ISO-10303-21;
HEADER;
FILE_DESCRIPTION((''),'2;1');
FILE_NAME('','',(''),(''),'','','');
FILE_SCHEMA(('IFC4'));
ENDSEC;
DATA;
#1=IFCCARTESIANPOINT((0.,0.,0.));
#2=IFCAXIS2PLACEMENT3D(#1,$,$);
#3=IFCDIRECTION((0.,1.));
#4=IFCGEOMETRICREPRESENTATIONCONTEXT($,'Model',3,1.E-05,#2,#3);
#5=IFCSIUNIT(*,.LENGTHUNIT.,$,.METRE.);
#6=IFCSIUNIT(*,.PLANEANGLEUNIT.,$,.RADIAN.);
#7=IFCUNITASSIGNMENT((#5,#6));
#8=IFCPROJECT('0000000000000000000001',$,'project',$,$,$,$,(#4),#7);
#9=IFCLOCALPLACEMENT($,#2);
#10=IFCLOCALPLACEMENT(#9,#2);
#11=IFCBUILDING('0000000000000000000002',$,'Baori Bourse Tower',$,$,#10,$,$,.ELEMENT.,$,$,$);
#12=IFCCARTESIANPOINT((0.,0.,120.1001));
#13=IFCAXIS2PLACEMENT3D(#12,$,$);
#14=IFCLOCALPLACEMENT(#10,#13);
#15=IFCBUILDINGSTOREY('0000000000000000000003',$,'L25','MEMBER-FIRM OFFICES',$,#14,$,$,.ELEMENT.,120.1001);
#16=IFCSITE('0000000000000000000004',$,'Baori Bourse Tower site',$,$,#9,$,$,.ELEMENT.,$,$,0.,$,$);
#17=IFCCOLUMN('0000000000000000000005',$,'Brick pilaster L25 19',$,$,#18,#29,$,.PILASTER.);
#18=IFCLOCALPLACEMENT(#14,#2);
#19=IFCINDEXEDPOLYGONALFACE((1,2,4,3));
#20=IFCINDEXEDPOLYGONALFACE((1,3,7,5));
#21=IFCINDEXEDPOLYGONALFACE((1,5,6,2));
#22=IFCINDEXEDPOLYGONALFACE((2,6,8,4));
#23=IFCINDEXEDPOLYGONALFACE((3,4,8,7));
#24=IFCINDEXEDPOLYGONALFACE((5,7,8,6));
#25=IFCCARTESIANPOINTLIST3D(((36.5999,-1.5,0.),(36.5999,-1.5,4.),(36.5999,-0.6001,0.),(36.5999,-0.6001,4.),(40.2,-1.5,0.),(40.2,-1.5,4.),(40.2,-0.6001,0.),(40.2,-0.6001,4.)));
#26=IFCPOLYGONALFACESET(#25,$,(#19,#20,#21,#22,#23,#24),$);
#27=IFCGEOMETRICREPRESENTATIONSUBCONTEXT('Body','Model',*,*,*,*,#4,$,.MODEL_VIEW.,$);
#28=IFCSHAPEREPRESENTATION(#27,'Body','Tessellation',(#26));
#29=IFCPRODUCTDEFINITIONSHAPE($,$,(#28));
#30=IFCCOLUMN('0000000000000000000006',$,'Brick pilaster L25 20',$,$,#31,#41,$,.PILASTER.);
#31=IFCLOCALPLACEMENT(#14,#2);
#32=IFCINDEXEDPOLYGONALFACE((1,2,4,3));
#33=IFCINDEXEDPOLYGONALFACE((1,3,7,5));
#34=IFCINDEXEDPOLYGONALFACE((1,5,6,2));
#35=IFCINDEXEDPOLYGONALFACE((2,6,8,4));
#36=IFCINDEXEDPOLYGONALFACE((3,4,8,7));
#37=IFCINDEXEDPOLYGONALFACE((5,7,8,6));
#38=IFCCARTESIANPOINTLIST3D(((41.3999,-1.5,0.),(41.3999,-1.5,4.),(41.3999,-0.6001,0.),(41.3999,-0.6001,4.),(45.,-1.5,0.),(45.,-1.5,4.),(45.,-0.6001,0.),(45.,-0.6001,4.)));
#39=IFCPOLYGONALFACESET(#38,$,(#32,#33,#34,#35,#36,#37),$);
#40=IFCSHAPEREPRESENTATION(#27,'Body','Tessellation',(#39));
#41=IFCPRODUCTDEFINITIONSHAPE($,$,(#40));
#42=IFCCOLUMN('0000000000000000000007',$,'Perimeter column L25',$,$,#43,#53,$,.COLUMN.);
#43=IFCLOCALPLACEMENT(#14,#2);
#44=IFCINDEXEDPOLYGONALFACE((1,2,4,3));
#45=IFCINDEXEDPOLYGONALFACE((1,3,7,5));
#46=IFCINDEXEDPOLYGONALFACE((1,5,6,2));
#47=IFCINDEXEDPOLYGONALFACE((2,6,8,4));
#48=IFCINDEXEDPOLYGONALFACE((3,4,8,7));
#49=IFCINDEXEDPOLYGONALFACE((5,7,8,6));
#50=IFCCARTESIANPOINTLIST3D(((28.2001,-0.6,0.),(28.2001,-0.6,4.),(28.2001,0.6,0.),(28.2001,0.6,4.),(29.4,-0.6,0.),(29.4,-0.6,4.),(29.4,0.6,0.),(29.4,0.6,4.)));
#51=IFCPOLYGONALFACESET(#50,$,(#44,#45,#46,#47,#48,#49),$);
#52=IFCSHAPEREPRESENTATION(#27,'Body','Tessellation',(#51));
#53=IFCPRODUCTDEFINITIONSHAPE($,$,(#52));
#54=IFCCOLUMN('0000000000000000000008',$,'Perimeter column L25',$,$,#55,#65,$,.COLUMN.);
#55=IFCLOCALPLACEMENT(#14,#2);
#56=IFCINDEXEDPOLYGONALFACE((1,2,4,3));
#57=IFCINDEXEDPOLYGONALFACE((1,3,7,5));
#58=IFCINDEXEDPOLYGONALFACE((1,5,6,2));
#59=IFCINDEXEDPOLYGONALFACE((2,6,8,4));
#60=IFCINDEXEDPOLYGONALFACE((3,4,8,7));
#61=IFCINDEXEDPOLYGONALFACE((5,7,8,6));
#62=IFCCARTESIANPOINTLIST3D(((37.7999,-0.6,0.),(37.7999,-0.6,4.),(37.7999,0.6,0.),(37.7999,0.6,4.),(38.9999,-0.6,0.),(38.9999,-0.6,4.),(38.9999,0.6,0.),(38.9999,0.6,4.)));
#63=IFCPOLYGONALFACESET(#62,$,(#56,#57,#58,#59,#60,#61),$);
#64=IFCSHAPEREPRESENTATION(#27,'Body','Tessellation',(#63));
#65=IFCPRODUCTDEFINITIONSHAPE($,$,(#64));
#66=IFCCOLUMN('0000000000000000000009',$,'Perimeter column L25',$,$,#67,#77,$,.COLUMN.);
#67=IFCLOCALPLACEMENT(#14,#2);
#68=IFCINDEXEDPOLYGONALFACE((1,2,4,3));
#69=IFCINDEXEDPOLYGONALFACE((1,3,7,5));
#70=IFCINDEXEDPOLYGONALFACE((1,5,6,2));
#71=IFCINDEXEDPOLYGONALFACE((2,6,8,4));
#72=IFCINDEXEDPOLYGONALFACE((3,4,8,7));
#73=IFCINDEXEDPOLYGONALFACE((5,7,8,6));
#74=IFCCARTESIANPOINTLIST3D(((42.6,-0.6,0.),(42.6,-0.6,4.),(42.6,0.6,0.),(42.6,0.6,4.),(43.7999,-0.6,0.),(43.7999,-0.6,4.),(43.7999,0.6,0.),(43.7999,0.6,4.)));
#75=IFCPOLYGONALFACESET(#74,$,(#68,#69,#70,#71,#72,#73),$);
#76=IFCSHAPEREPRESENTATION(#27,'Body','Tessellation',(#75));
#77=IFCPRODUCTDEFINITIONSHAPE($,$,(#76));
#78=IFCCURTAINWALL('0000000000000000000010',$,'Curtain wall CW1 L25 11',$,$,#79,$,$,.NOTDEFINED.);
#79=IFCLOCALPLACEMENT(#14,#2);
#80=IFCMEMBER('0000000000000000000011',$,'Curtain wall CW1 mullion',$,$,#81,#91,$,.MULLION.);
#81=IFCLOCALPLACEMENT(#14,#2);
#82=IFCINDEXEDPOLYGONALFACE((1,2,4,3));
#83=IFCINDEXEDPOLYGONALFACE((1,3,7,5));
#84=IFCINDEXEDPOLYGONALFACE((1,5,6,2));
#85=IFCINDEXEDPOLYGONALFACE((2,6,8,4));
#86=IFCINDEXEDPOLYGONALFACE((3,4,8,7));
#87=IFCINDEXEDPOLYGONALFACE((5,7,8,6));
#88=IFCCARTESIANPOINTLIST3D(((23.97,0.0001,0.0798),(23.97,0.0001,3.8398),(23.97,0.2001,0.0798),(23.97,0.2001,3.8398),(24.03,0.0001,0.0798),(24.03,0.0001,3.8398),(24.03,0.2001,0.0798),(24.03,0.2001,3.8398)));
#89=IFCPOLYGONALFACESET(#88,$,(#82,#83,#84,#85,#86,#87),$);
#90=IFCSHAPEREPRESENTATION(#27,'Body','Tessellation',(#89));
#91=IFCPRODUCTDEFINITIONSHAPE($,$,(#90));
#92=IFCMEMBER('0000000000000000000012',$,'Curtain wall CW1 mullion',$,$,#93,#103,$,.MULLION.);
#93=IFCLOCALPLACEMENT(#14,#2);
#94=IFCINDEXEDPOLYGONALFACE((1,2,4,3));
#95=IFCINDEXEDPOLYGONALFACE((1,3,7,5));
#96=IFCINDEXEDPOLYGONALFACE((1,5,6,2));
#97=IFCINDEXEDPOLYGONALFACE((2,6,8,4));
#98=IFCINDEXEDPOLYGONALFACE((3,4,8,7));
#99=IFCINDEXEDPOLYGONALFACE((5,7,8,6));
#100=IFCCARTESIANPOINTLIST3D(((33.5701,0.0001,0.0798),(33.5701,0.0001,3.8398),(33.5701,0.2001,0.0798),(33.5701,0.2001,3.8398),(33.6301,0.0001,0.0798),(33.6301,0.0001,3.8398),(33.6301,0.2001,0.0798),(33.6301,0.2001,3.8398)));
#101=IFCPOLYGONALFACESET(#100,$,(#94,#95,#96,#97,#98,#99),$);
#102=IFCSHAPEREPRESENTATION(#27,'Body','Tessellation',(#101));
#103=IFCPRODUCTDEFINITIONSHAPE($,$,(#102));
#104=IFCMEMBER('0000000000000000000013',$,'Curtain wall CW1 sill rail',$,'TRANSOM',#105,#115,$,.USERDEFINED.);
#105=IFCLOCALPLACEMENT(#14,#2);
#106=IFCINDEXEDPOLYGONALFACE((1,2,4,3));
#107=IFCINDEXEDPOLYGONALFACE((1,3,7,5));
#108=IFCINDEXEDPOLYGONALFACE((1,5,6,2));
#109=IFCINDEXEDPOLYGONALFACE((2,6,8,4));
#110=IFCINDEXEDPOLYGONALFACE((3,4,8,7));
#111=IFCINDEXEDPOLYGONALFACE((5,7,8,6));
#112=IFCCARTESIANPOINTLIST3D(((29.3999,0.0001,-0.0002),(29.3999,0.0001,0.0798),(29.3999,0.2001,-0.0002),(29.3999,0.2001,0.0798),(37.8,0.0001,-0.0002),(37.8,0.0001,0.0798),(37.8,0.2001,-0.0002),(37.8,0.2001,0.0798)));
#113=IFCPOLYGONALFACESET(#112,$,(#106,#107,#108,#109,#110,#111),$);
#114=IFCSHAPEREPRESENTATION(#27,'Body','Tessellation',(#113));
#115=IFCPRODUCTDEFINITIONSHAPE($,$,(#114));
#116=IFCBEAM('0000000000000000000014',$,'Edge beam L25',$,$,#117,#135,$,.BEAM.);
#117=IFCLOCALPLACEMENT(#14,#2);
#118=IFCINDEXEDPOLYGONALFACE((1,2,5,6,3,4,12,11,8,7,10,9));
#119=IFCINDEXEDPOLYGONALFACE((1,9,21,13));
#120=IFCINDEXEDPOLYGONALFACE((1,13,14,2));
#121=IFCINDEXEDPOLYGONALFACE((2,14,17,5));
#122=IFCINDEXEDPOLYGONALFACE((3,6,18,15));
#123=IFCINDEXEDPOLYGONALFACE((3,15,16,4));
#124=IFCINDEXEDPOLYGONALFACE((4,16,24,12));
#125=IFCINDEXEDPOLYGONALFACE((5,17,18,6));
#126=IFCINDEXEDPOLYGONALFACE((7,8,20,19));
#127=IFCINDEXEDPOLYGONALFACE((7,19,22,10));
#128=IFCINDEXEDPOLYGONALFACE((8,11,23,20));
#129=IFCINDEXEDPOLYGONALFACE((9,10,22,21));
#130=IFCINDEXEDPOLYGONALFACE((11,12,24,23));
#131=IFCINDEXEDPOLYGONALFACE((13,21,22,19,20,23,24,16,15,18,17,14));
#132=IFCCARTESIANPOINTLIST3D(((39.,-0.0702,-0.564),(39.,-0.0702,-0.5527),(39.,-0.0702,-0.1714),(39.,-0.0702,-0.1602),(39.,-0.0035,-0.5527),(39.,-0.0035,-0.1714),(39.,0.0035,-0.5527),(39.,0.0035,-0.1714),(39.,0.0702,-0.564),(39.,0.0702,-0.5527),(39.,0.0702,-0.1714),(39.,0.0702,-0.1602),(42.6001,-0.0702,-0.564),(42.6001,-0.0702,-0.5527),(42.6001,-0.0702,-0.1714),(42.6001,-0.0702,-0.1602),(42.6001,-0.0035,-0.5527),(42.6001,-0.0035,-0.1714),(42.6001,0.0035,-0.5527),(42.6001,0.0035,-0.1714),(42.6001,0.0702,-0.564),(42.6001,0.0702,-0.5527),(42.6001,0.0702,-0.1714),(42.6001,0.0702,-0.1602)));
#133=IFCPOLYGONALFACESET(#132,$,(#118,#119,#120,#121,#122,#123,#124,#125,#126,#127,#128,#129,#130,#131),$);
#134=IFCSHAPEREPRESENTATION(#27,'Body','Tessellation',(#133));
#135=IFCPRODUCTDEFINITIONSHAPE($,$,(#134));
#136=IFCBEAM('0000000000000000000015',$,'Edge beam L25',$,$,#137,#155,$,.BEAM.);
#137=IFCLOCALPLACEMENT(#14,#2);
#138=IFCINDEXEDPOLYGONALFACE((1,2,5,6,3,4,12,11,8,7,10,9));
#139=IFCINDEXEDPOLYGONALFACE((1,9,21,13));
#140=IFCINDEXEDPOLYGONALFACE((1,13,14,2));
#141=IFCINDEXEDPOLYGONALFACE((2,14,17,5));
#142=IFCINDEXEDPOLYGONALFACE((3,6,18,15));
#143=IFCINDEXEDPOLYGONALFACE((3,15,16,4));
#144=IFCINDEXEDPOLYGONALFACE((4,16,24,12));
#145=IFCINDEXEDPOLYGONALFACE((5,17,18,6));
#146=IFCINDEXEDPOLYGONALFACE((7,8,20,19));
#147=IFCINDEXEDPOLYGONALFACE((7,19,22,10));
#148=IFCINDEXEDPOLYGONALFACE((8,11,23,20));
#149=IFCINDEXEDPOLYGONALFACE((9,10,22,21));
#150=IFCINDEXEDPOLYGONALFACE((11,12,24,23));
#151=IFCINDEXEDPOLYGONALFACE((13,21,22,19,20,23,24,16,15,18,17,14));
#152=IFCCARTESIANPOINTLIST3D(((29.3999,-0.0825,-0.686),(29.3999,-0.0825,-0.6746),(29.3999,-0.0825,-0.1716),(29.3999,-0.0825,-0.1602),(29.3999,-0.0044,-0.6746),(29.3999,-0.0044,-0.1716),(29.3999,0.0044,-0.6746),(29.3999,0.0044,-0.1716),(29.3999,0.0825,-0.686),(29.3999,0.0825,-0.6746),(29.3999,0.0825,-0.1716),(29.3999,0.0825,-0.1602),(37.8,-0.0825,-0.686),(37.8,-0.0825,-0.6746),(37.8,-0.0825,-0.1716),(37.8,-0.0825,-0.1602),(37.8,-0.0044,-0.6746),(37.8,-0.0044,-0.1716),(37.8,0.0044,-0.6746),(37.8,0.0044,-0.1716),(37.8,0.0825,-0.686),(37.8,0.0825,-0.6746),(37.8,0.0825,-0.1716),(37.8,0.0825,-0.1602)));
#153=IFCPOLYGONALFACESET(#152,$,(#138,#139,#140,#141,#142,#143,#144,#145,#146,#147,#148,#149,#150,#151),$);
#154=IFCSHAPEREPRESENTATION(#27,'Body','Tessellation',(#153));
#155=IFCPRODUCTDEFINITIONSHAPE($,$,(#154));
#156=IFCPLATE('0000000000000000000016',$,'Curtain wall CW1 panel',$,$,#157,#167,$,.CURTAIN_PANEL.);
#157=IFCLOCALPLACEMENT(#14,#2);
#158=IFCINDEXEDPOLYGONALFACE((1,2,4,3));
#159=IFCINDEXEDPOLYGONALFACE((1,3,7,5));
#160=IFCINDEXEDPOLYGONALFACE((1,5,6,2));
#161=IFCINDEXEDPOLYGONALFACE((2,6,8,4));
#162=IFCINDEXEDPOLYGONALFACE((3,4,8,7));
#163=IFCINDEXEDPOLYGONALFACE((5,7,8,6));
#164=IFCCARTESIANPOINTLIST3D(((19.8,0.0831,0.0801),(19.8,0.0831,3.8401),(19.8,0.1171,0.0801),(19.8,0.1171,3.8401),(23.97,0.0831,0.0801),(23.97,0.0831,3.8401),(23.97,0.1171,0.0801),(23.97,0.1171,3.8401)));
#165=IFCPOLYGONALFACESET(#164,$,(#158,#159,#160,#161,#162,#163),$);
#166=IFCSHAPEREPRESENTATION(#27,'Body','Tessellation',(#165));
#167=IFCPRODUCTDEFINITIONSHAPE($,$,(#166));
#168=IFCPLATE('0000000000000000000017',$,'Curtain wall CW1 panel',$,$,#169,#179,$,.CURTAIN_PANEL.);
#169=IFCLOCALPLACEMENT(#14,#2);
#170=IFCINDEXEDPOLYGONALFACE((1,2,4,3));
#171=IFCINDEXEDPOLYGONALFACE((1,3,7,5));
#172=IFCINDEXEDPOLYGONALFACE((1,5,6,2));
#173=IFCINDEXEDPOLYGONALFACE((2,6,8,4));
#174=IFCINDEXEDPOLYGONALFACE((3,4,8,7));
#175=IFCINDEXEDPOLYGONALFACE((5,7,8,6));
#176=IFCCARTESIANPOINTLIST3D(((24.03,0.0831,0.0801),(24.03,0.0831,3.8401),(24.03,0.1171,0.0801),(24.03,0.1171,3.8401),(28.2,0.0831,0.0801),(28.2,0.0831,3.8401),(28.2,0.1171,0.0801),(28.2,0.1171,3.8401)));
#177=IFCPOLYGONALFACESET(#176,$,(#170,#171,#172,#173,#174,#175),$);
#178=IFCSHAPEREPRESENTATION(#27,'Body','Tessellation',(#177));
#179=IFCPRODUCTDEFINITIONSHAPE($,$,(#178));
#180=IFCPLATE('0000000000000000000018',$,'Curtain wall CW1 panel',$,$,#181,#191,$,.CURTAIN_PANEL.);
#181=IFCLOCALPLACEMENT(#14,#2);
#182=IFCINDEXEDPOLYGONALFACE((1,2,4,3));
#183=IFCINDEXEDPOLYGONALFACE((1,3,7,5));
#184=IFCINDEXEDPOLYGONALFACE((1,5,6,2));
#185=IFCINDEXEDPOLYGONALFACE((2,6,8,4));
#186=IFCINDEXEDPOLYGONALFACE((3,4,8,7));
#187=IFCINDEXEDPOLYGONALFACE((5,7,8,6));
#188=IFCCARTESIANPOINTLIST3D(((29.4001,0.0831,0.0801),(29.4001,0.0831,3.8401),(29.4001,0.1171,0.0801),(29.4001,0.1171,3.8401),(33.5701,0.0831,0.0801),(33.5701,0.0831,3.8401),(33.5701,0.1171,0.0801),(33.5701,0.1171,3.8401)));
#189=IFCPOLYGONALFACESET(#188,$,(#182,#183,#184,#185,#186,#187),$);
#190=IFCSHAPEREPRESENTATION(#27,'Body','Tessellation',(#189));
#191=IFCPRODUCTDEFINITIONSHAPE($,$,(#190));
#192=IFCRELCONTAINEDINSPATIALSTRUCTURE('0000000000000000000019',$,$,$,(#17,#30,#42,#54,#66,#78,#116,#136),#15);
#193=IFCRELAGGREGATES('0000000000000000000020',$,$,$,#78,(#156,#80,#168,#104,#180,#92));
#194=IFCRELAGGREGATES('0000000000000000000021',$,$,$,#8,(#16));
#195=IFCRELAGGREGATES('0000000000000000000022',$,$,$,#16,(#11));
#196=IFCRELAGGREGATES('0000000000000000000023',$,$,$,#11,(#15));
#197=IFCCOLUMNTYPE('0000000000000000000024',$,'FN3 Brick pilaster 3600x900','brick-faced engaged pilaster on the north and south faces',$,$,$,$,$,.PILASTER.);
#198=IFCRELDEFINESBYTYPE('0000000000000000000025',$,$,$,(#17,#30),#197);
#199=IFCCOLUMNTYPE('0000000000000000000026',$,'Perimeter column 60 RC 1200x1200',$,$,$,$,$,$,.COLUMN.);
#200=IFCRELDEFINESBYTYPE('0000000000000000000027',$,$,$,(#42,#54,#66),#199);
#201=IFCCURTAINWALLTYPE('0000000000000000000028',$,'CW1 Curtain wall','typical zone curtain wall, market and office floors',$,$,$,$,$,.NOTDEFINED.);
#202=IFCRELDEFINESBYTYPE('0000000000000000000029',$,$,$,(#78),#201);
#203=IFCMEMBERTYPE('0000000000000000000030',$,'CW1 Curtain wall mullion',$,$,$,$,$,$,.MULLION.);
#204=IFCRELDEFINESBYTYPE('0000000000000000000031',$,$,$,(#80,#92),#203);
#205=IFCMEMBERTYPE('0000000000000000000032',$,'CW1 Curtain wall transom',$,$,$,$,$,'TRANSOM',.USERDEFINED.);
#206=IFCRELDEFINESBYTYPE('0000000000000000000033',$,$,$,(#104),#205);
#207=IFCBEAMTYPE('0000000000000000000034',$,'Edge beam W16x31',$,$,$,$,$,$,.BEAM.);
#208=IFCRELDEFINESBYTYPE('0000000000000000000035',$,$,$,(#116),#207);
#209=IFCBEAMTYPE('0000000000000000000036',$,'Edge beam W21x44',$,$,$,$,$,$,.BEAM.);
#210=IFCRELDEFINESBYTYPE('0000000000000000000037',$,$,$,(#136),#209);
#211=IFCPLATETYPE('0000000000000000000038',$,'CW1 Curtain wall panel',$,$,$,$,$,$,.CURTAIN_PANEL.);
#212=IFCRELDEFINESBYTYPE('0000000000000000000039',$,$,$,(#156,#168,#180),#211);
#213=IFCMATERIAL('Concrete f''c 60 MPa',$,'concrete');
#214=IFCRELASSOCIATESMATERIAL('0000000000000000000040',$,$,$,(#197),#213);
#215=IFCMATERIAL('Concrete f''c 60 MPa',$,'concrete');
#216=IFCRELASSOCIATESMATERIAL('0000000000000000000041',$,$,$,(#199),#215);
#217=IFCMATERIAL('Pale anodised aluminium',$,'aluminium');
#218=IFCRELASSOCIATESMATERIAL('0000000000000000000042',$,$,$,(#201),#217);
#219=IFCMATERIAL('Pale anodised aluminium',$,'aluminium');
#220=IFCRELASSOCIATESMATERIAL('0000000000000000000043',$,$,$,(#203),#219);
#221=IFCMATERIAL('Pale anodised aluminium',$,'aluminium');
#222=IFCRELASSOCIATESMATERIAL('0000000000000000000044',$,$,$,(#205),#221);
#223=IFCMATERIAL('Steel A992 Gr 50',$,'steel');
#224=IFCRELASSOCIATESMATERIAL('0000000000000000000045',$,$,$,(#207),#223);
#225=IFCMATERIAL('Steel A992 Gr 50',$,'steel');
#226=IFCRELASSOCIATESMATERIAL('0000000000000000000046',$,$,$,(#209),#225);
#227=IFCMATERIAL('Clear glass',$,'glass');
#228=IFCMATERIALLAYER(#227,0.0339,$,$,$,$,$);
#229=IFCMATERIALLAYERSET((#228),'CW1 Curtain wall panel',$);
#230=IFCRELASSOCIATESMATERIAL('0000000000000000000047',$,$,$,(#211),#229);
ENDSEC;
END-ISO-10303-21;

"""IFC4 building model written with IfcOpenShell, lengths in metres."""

from ifc_helpers import new_model, si_unit, direction, frame, origin, origin_2d, place, context, subcontext, project, spatial, rectangle, i_section, extrude, material, layer, layer_set, material_profile, profile_set, type_object, element, aggregate, save


model = new_model("IFC4")

# Units and contexts
model_context = context("Model", 3, precision=1e-05, world=origin(), true_north=direction((0.0, 1.0)))
body_context = subcontext(model_context, "Body", "Model", "MODEL_VIEW")
ifc_project = project(units=[si_unit("LENGTHUNIT", "METRE"), si_unit("PLANEANGLEUNIT", "RADIAN")], contexts=[model_context])

# Site, building, storey
site_placement = place(None, origin())
site = spatial("IfcSite", under=ifc_project, at=site_placement, Name="Baori Bourse Tower site", CompositionType="ELEMENT", RefElevation=0.0)
building_placement = place(site_placement, origin())
building = spatial("IfcBuilding", under=site, at=building_placement, Name="Baori Bourse Tower", CompositionType="ELEMENT")
storey_placement = place(building_placement, frame((0.0, 0.0, 120.1001)))
storey = spatial("IfcBuildingStorey", under=building, at=storey_placement, Name="L25", Description="MEMBER-FIRM OFFICES", CompositionType="ELEMENT", Elevation=120.1001)

# Columns
ifc_material_1 = material(Name="Concrete f'c 60 MPa", Category="concrete")
ifc_material_profile_1 = material_profile(ifc_material_1, rectangle(XDim=3.6001, YDim=0.8999, at=origin_2d()), Name="RC 3600x900")
ifc_profile_set_1 = profile_set([ifc_material_profile_1], Name="Concrete f'c 60 MPa")
column_type_1 = type_object("IfcColumnType", Name="FN3 Brick pilaster 3600x900", Description="brick-faced engaged pilaster on the north and south faces", PredefinedType="PILASTER", material=ifc_profile_set_1)
for number, where, z_axis, x_axis, name in (
    (1, (38.3999, -1.05, 0.0), (0.0, 0.0, 1.0), (1.0, 0.0, 0.0), "Brick pilaster L25 19"),
    (2, (43.2, -1.05, 0.0), (0.0, 0.0, 1.0), (1.0, 0.0, 0.0), "Brick pilaster L25 20"),
):
    element("IfcColumn", number, at=place(storey_placement, frame(where, z_axis=z_axis, x_axis=x_axis)), inside=storey, type_object=column_type_1, Name=name, PredefinedType="PILASTER", context=body_context, shape_type="SweptSolid", body=[
        extrude(rectangle(XDim=3.6001, YDim=0.8999, at=origin_2d()), origin(), (0.0, 0.0, 1.0), 4.0),
    ])
ifc_material_2 = material(Name="Concrete f'c 60 MPa", Category="concrete")
ifc_material_profile_2 = material_profile(ifc_material_2, rectangle(XDim=1.2, YDim=1.2, at=origin_2d()), Name="RC 1200x1200")
ifc_profile_set_2 = profile_set([ifc_material_profile_2], Name="Concrete f'c 60 MPa")
column_type_2 = type_object("IfcColumnType", Name="Perimeter column 60 RC 1200x1200", PredefinedType="COLUMN", material=ifc_profile_set_2)
for number, where, z_axis, x_axis, name in (
    (3, (28.8, 0.0, 0.0), (0.0, 0.0, 1.0), (1.0, 0.0, 0.0), "Perimeter column L25"),
    (4, (38.3999, 0.0, 0.0), (0.0, 0.0, 1.0), (1.0, 0.0, 0.0), "Perimeter column L25"),
    (5, (43.2, 0.0, 0.0), (0.0, 0.0, 1.0), (1.0, 0.0, 0.0), "Perimeter column L25"),
):
    element("IfcColumn", number, at=place(storey_placement, frame(where, z_axis=z_axis, x_axis=x_axis)), inside=storey, type_object=column_type_2, Name=name, PredefinedType="COLUMN", context=body_context, shape_type="SweptSolid", body=[
        extrude(rectangle(XDim=1.2, YDim=1.2, at=origin_2d()), origin(), (0.0, 0.0, 1.0), 4.0),
    ])

# Curtain wall, members
ifc_material_3 = material(Name="Pale anodised aluminium", Category="aluminium")
curtain_wall_type = type_object("IfcCurtainWallType", Name="CW1 Curtain wall", Description="typical zone curtain wall, market and office floors", PredefinedType="NOTDEFINED", material=ifc_material_3)
curtain_wall_placement = place(storey_placement, origin())
curtain_wall = element("IfcCurtainWall", 6, at=curtain_wall_placement, inside=storey, type_object=curtain_wall_type, Name="Curtain wall CW1 L25 11", PredefinedType="NOTDEFINED")
ifc_material_4 = material(Name="Pale anodised aluminium", Category="aluminium")
ifc_material_profile_3 = material_profile(ifc_material_4, rectangle(XDim=0.2, YDim=0.0601, at=origin_2d()), Name="Mullion 60x200")
ifc_profile_set_3 = profile_set([ifc_material_profile_3], Name="Pale anodised aluminium")
member_type_1 = type_object("IfcMemberType", Name="CW1 Curtain wall mullion", PredefinedType="MULLION", material=ifc_profile_set_3)
member_1_placement = place(storey_placement, frame((24.0, 0.1001, 0.0798), z_axis=(0.0, 0.0, 1.0), x_axis=(0.0, 1.0, 0.0)))
member_1 = element("IfcMember", 7, at=member_1_placement, type_object=member_type_1, Name="Curtain wall CW1 mullion", PredefinedType="MULLION", context=body_context, shape_type="SweptSolid", body=[
    extrude(rectangle(XDim=0.2, YDim=0.0601, at=origin_2d()), origin(), (0.0, 0.0, 1.0), 3.76),
])
member_2_placement = place(storey_placement, frame((33.6001, 0.1001, 0.0798), z_axis=(0.0, 0.0, 1.0), x_axis=(0.0, 1.0, 0.0)))
member_2 = element("IfcMember", 8, at=member_2_placement, type_object=member_type_1, Name="Curtain wall CW1 mullion", PredefinedType="MULLION", context=body_context, shape_type="SweptSolid", body=[
    extrude(rectangle(XDim=0.2, YDim=0.0601, at=origin_2d()), origin(), (0.0, 0.0, 1.0), 3.76),
])
ifc_material_5 = material(Name="Pale anodised aluminium", Category="aluminium")
ifc_material_profile_4 = material_profile(ifc_material_5, rectangle(XDim=0.2, YDim=0.0801, at=origin_2d()), Name="Transom 80x200")
ifc_profile_set_4 = profile_set([ifc_material_profile_4], Name="Pale anodised aluminium")
member_type_2 = type_object("IfcMemberType", Name="CW1 Curtain wall transom", ElementType="TRANSOM", PredefinedType="USERDEFINED", material=ifc_profile_set_4)
member_3_placement = place(storey_placement, frame((29.3999, 0.1001, 0.0398), z_axis=(1.0, 0.0, 0.0), x_axis=(0.0, 1.0, 0.0)))
member_3 = element("IfcMember", 9, at=member_3_placement, type_object=member_type_2, Name="Curtain wall CW1 sill rail", ObjectType="TRANSOM", PredefinedType="USERDEFINED", context=body_context, shape_type="SweptSolid", body=[
    extrude(rectangle(XDim=0.2, YDim=0.0801, at=origin_2d()), origin(), (0.0, 0.0, 1.0), 8.4001),
])

# Beams
ifc_material_6 = material(Name="Steel A992 Gr 50", Category="steel")
ifc_material_profile_5 = material_profile(ifc_material_6, i_section(OverallWidth=0.1404, OverallDepth=0.4038, WebThickness=0.0071, FlangeThickness=0.0112, at=origin_2d()), Name="W16x31")
ifc_profile_set_5 = profile_set([ifc_material_profile_5], Name="Steel A992 Gr 50")
beam_type_1 = type_object("IfcBeamType", Name="Edge beam W16x31", PredefinedType="BEAM", material=ifc_profile_set_5)
beam_1_placement = place(storey_placement, frame((39.0, 0.0, -0.3621), z_axis=(1.0, 0.0, 0.0), x_axis=(0.0, 1.0, 0.0)))
element("IfcBeam", 10, at=beam_1_placement, inside=storey, type_object=beam_type_1, Name="Edge beam L25", PredefinedType="BEAM", context=body_context, shape_type="SweptSolid", body=[
    extrude(i_section(OverallWidth=0.1404, OverallDepth=0.4038, WebThickness=0.0071, FlangeThickness=0.0112, at=origin_2d()), origin(), (0.0, 0.0, 1.0), 3.6001),
])
ifc_material_7 = material(Name="Steel A992 Gr 50", Category="steel")
ifc_material_profile_6 = material_profile(ifc_material_7, i_section(OverallWidth=0.165, OverallDepth=0.5259, WebThickness=0.0088, FlangeThickness=0.0115, at=origin_2d()), Name="W21x44")
ifc_profile_set_6 = profile_set([ifc_material_profile_6], Name="Steel A992 Gr 50")
beam_type_2 = type_object("IfcBeamType", Name="Edge beam W21x44", PredefinedType="BEAM", material=ifc_profile_set_6)
beam_2_placement = place(storey_placement, frame((29.3999, 0.0, -0.4231), z_axis=(1.0, 0.0, 0.0), x_axis=(0.0, 1.0, 0.0)))
element("IfcBeam", 11, at=beam_2_placement, inside=storey, type_object=beam_type_2, Name="Edge beam L25", PredefinedType="BEAM", context=body_context, shape_type="SweptSolid", body=[
    extrude(i_section(OverallWidth=0.165, OverallDepth=0.5259, WebThickness=0.0088, FlangeThickness=0.0115, at=origin_2d()), origin(), (0.0, 0.0, 1.0), 8.4001),
])

# Plates
ifc_material_8 = material(Name="Clear glass", Category="glass")
ifc_layer_1 = layer(ifc_material_8, 0.0339)
ifc_layer_set_1 = layer_set([ifc_layer_1], Name="CW1 Curtain wall panel")
plate_type = type_object("IfcPlateType", Name="CW1 Curtain wall panel", PredefinedType="CURTAIN_PANEL", material=ifc_layer_set_1)
plate_1_placement = place(storey_placement, frame((21.885, 0.1001, 0.0801), z_axis=(0.0, 0.0, 1.0), x_axis=(1.0, 0.0, 0.0)))
plate_1 = element("IfcPlate", 12, at=plate_1_placement, type_object=plate_type, Name="Curtain wall CW1 panel", PredefinedType="CURTAIN_PANEL", context=body_context, shape_type="SweptSolid", body=[
    extrude(rectangle(XDim=4.1699, YDim=0.0339, at=origin_2d()), origin(), (0.0, 0.0, 1.0), 3.76),
])
plate_2_placement = place(storey_placement, frame((26.115, 0.1001, 0.0801), z_axis=(0.0, 0.0, 1.0), x_axis=(1.0, 0.0, 0.0)))
plate_2 = element("IfcPlate", 13, at=plate_2_placement, type_object=plate_type, Name="Curtain wall CW1 panel", PredefinedType="CURTAIN_PANEL", context=body_context, shape_type="SweptSolid", body=[
    extrude(rectangle(XDim=4.1699, YDim=0.0339, at=origin_2d()), origin(), (0.0, 0.0, 1.0), 3.76),
])
plate_3_placement = place(storey_placement, frame((31.4851, 0.1001, 0.0801), z_axis=(0.0, 0.0, 1.0), x_axis=(1.0, 0.0, 0.0)))
plate_3 = element("IfcPlate", 14, at=plate_3_placement, type_object=plate_type, Name="Curtain wall CW1 panel", PredefinedType="CURTAIN_PANEL", context=body_context, shape_type="SweptSolid", body=[
    extrude(rectangle(XDim=4.1699, YDim=0.0339, at=origin_2d()), origin(), (0.0, 0.0, 1.0), 3.76),
])
aggregate(curtain_wall, [plate_1, member_1, plate_2, member_3, plate_3, member_2])

save(model, "model.ifc")
